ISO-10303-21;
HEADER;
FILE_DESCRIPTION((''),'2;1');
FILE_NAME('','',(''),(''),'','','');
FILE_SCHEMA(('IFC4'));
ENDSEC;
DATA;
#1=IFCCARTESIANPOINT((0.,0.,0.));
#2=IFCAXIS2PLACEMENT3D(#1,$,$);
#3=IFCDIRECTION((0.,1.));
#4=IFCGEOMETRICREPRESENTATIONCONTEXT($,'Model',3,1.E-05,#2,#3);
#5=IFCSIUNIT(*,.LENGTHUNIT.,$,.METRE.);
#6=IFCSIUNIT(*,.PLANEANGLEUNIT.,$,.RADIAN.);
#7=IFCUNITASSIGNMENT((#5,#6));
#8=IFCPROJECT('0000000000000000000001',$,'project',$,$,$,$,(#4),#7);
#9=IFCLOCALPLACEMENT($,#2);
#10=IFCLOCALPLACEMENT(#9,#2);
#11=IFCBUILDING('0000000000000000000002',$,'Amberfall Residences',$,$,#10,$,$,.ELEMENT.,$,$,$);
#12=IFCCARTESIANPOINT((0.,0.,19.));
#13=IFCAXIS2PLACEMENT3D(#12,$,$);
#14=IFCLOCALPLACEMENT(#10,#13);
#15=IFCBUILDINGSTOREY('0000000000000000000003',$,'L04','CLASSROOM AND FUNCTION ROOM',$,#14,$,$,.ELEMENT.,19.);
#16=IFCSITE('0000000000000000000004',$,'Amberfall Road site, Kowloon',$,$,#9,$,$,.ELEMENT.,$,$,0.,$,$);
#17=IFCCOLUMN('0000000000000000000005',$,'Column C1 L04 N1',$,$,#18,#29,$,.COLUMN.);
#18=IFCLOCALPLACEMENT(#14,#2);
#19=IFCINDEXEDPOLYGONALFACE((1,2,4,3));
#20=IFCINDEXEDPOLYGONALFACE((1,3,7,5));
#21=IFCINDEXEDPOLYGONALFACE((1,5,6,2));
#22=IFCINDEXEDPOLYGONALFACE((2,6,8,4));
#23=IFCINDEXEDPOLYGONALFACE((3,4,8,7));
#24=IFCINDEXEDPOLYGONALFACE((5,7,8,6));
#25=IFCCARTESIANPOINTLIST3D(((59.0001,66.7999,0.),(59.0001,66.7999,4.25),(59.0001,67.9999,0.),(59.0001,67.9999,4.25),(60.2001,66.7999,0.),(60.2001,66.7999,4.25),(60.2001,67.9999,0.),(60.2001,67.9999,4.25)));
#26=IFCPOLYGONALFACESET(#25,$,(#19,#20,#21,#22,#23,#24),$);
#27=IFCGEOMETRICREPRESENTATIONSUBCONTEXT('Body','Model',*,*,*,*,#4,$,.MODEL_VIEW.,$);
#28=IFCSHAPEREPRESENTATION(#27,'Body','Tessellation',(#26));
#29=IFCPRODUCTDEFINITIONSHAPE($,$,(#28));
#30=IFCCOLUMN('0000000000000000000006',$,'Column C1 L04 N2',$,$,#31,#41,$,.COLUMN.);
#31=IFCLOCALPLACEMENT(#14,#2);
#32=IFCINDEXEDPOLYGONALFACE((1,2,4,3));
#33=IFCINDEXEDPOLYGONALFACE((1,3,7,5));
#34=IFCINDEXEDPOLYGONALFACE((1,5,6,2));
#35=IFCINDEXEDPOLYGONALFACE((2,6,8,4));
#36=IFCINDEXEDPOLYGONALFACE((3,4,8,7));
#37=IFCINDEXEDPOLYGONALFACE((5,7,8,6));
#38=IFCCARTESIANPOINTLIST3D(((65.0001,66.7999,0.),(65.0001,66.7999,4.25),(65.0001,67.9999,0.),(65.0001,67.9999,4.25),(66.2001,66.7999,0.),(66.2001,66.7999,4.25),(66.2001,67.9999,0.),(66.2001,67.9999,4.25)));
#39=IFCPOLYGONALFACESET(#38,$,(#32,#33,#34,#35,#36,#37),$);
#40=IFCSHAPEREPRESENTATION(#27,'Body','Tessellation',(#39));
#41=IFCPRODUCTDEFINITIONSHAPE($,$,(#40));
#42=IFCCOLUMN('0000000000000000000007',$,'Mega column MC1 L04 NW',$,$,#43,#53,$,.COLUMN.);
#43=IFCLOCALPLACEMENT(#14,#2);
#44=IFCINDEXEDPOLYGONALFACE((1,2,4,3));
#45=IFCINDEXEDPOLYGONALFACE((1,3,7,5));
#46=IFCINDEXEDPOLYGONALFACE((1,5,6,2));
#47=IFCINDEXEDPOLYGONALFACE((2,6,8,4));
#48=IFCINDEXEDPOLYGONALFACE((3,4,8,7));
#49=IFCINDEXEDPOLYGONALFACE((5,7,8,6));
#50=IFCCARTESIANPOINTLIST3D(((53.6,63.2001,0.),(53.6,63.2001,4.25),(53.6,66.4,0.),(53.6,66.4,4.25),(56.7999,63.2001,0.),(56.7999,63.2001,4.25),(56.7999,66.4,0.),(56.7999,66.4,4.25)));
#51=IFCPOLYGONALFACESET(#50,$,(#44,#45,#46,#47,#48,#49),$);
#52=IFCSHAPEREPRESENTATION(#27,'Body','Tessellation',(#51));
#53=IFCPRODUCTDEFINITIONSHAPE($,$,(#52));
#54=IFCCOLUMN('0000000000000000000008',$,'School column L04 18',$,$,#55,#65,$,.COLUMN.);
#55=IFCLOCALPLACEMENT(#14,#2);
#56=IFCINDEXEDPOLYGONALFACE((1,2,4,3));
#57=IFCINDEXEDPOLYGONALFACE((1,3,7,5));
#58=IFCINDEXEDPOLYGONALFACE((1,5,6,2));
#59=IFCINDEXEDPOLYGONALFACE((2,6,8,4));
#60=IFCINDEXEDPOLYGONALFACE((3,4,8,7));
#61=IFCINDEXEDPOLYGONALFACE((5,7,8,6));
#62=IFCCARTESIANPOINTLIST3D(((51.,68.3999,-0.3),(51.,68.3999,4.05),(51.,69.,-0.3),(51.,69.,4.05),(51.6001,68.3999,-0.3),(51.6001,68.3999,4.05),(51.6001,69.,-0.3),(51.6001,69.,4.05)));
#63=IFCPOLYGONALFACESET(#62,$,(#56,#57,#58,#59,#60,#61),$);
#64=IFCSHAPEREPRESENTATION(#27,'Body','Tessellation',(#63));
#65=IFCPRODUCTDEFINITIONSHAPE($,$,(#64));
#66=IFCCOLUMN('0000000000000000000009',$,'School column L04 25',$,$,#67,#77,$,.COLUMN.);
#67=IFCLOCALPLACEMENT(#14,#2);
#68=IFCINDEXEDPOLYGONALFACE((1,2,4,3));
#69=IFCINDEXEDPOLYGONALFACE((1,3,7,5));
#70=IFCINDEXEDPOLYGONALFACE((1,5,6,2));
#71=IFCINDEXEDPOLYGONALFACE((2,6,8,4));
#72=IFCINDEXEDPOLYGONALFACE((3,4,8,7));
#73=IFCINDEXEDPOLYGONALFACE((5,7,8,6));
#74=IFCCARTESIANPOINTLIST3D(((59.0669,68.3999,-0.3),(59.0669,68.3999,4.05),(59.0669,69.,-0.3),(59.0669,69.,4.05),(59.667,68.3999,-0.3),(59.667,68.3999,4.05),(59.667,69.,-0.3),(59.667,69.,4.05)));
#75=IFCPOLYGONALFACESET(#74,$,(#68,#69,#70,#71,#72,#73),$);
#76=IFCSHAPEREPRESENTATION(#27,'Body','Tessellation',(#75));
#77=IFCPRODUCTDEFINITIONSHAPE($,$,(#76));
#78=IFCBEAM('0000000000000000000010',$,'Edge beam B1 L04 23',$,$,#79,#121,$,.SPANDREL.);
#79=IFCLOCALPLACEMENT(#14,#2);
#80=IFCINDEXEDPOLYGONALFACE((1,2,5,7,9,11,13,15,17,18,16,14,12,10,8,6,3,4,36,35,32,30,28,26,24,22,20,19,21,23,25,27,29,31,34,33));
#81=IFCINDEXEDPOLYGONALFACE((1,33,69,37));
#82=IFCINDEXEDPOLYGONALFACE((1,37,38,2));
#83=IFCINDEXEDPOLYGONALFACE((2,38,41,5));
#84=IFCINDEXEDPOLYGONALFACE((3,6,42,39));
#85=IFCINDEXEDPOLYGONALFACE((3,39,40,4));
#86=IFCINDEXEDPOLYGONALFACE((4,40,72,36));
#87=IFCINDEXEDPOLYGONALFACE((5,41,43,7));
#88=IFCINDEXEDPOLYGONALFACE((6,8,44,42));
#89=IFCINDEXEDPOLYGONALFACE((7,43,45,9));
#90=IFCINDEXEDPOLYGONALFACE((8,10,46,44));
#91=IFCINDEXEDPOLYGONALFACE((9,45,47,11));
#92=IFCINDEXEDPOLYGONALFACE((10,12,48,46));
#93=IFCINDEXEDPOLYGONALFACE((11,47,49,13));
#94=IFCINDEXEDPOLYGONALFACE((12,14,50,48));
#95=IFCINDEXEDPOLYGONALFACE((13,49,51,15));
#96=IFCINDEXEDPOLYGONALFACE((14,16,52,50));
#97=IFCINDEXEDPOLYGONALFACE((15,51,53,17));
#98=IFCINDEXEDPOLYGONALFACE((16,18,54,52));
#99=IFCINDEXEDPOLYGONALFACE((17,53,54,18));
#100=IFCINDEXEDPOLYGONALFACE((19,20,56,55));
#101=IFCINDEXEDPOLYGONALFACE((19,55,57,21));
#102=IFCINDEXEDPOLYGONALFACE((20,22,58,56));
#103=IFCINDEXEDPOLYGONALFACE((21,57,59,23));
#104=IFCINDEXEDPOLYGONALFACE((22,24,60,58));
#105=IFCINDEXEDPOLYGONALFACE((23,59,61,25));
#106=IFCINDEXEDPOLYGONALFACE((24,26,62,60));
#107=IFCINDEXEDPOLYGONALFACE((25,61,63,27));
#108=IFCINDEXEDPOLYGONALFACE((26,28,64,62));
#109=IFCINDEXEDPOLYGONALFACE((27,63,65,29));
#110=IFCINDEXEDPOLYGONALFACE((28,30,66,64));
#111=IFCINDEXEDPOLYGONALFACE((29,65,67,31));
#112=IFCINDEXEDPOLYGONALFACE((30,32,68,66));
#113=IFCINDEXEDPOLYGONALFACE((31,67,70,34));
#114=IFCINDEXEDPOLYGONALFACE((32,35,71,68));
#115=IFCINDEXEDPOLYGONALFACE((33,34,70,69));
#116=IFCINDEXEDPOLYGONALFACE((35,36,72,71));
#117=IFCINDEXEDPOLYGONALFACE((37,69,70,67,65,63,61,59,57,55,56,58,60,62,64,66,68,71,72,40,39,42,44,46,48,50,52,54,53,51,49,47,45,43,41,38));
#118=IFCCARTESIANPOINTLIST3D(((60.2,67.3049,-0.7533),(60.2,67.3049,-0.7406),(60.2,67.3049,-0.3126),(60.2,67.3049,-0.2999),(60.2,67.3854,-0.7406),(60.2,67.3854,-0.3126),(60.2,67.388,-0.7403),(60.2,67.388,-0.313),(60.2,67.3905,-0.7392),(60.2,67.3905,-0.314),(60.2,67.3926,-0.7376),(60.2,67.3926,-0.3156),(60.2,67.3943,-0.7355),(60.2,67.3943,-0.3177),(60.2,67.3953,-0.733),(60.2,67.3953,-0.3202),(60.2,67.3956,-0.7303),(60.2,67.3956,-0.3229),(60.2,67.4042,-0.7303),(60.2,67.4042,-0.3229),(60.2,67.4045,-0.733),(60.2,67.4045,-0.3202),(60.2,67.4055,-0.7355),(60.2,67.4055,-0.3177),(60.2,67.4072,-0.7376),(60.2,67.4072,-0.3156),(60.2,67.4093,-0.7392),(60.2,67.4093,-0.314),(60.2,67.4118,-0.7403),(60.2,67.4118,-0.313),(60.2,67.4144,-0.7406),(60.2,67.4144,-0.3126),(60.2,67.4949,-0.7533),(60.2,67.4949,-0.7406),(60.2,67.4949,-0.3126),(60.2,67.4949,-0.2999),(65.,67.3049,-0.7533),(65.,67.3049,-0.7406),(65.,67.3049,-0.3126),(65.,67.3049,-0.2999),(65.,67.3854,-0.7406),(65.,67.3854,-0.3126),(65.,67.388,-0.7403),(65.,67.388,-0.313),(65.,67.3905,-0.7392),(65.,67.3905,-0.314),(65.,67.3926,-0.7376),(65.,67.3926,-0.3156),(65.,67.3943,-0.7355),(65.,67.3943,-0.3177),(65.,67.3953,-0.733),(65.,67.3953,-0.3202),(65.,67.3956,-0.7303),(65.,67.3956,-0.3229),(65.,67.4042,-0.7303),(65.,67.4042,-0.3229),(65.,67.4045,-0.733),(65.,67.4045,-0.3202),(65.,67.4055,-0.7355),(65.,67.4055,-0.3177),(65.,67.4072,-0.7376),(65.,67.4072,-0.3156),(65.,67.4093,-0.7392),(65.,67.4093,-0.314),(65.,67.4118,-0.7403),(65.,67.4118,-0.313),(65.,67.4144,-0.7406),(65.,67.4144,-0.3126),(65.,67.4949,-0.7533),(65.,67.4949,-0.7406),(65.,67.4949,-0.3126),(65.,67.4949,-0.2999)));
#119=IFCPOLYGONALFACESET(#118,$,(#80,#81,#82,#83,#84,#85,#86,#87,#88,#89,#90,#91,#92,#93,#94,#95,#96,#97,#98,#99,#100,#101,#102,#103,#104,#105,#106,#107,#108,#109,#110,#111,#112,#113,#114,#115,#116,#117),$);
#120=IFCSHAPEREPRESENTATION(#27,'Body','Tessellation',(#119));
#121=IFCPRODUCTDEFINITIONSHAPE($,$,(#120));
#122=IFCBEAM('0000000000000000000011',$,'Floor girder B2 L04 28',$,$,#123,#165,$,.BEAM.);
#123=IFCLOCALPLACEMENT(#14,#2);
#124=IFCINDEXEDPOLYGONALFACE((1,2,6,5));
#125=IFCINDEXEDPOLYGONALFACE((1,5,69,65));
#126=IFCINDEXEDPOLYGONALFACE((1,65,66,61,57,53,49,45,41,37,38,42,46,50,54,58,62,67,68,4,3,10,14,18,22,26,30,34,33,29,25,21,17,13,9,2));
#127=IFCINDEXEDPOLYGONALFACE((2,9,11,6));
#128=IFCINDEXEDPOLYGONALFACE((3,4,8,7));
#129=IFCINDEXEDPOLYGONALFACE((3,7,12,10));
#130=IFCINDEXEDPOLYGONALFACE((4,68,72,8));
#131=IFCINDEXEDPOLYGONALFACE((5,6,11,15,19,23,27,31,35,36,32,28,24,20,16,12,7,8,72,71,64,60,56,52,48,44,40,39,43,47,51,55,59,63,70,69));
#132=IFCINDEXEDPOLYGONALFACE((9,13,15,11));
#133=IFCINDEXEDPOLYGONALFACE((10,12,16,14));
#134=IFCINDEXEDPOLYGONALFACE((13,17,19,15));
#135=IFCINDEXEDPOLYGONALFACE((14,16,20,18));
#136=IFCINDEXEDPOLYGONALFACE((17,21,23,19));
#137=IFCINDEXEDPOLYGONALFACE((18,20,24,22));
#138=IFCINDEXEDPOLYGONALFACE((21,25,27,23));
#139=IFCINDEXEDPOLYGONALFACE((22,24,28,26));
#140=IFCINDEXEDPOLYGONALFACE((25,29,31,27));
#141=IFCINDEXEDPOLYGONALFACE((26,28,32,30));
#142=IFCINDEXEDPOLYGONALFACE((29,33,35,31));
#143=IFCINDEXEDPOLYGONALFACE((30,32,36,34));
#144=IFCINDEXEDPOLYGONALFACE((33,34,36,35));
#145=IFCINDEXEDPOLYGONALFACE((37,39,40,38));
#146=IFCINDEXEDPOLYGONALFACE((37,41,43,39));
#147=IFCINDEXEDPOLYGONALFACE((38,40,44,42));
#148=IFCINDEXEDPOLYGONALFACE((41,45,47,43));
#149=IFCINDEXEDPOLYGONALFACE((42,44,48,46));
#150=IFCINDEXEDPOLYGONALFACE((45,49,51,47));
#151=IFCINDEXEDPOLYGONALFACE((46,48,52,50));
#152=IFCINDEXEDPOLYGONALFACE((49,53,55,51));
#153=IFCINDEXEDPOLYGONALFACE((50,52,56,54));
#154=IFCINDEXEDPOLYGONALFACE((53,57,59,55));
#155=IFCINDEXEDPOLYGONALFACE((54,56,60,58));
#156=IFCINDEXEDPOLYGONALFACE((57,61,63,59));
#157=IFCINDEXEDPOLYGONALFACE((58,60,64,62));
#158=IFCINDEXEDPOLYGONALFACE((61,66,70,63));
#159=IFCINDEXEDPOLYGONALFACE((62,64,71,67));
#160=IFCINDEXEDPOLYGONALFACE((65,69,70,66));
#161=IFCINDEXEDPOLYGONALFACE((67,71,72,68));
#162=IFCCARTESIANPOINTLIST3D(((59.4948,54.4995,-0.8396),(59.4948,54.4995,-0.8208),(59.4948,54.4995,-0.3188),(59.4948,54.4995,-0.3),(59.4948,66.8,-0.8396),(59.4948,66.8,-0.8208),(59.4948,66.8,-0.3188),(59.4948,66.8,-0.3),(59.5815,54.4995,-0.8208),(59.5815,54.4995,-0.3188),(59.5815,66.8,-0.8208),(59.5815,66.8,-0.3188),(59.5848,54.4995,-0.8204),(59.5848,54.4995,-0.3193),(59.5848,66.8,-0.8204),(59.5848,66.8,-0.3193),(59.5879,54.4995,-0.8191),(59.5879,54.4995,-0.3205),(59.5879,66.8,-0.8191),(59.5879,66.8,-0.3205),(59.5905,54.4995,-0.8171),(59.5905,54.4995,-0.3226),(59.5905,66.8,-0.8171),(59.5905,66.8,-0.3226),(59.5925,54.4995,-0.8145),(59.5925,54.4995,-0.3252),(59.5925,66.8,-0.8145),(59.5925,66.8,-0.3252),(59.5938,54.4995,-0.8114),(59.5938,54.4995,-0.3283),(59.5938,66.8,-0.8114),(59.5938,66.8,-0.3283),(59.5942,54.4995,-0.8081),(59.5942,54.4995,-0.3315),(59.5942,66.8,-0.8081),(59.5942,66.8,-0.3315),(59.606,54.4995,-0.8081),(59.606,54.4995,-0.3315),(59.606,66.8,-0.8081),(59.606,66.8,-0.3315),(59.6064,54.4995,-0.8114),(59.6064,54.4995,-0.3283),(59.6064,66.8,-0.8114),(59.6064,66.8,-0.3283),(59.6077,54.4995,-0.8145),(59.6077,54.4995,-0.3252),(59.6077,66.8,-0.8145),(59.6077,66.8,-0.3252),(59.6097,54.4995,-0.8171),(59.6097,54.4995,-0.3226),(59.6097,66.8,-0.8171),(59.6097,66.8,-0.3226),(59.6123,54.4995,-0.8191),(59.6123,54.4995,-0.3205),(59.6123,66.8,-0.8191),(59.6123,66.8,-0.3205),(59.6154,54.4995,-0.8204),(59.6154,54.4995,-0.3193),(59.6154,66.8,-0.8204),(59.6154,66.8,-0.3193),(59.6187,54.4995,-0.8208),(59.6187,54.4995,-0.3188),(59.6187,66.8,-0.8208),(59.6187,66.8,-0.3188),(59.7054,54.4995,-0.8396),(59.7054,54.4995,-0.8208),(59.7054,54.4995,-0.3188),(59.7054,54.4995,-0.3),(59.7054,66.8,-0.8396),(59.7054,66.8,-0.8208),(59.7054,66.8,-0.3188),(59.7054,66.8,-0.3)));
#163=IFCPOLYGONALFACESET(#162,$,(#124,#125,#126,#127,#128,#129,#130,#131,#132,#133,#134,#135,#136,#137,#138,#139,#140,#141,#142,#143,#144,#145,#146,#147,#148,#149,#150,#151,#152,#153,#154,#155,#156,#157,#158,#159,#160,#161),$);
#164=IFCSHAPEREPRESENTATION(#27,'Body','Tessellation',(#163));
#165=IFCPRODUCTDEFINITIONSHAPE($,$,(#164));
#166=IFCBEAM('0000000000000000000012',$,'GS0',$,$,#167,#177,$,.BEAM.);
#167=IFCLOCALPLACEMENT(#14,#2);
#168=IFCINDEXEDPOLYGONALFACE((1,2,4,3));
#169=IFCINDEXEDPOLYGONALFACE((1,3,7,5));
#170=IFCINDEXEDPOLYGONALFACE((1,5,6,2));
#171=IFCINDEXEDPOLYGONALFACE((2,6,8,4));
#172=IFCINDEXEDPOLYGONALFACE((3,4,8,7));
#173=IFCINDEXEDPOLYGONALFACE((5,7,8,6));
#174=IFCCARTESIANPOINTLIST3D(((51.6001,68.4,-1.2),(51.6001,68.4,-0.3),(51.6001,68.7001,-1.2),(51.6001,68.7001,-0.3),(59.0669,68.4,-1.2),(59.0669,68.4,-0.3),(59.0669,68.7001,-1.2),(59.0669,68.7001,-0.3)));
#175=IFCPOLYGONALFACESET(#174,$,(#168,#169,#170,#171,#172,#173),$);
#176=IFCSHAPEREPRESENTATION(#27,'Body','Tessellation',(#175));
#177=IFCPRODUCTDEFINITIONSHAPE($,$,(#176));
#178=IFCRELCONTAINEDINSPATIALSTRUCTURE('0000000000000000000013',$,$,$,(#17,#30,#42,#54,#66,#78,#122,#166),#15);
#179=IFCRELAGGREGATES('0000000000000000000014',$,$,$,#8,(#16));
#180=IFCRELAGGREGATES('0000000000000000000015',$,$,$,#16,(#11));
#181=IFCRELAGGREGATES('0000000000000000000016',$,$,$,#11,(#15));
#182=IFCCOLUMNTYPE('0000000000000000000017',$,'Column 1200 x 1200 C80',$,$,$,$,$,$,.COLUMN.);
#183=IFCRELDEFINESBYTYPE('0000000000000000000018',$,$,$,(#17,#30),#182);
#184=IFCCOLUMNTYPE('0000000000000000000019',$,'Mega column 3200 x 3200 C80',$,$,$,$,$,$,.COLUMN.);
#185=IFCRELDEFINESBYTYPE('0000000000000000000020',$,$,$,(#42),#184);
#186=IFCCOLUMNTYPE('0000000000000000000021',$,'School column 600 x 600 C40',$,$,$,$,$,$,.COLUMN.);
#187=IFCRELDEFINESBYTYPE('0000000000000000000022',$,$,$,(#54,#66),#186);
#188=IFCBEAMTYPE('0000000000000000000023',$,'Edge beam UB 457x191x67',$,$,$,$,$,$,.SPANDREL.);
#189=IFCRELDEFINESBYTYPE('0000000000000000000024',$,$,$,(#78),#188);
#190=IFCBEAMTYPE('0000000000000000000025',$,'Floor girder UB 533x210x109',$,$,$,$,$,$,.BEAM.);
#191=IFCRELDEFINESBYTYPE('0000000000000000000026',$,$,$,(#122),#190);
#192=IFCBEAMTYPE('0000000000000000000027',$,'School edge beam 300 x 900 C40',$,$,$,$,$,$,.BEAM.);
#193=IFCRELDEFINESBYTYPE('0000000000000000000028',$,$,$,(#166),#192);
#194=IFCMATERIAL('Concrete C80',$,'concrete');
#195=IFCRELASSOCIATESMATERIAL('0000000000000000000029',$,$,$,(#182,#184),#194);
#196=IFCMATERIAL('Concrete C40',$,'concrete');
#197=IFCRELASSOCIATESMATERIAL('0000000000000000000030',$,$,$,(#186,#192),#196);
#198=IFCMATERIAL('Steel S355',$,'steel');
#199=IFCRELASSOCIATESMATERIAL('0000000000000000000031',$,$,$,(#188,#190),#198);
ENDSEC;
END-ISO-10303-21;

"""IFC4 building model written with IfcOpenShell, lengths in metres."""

from ifc_helpers import new_model, si_unit, direction, frame, origin, origin_2d, place, context, subcontext, project, spatial, rectangle, i_section, extrude, material, material_profile, profile_set, type_object, element, save


model = new_model("IFC4")

# Units and contexts
model_context = context("Model", 3, precision=1e-05, world=origin(), true_north=direction((0.0, 1.0)))
body_context = subcontext(model_context, "Body", "Model", "MODEL_VIEW")
ifc_project = project(units=[si_unit("LENGTHUNIT", "METRE"), si_unit("PLANEANGLEUNIT", "RADIAN")], contexts=[model_context])

# Site, building, storey
site_placement = place(None, origin())
site = spatial("IfcSite", under=ifc_project, at=site_placement, Name="Amberfall Road site, Kowloon", CompositionType="ELEMENT", RefElevation=0.0)
building_placement = place(site_placement, origin())
building = spatial("IfcBuilding", under=site, at=building_placement, Name="Amberfall Residences", CompositionType="ELEMENT")
storey_placement = place(building_placement, frame((0.0, 0.0, 19.0)))
storey = spatial("IfcBuildingStorey", under=building, at=storey_placement, Name="L04", Description="CLASSROOM AND FUNCTION ROOM", CompositionType="ELEMENT", Elevation=19.0)

# Columns
ifc_material_1 = material(Name="Concrete C80", Category="concrete")
ifc_material_profile_1 = material_profile(ifc_material_1, rectangle(XDim=1.2, YDim=1.2, at=origin_2d()), Name="Column 1200 x 1200 C80")
ifc_profile_set_1 = profile_set([ifc_material_profile_1], Name="Concrete C80")
column_type_1 = type_object("IfcColumnType", Name="Column 1200 x 1200 C80", PredefinedType="COLUMN", material=ifc_profile_set_1)
for number, where, z_axis, x_axis, name in (
    (1, (59.6001, 67.3999, 0.0), (0.0, 0.0, 1.0), (1.0, 0.0, 0.0), "Column C1 L04 N1"),
    (2, (65.6001, 67.3999, 0.0), (0.0, 0.0, 1.0), (1.0, 0.0, 0.0), "Column C1 L04 N2"),
):
    element("IfcColumn", number, at=place(storey_placement, frame(where, z_axis=z_axis, x_axis=x_axis)), inside=storey, type_object=column_type_1, Name=name, PredefinedType="COLUMN", context=body_context, shape_type="SweptSolid", body=[
        extrude(rectangle(XDim=1.2, YDim=1.2, at=origin_2d()), origin(), (0.0, 0.0, 1.0), 4.25),
    ])
ifc_material_profile_2 = material_profile(ifc_material_1, rectangle(XDim=3.2, YDim=3.2, at=origin_2d()), Name="Mega column 3200 x 3200 C80")
ifc_profile_set_2 = profile_set([ifc_material_profile_2], Name="Concrete C80")
column_type_2 = type_object("IfcColumnType", Name="Mega column 3200 x 3200 C80", PredefinedType="COLUMN", material=ifc_profile_set_2)
column_placement = place(storey_placement, frame((55.2, 64.8, 0.0), z_axis=(0.0, 0.0, 1.0), x_axis=(1.0, 0.0, 0.0)))
element("IfcColumn", 3, at=column_placement, inside=storey, type_object=column_type_2, Name="Mega column MC1 L04 NW", PredefinedType="COLUMN", context=body_context, shape_type="SweptSolid", body=[
    extrude(rectangle(XDim=3.2, YDim=3.2, at=origin_2d()), origin(), (0.0, 0.0, 1.0), 4.25),
])
ifc_material_2 = material(Name="Concrete C40", Category="concrete")
ifc_material_profile_3 = material_profile(ifc_material_2, rectangle(XDim=0.6001, YDim=0.6001, at=origin_2d()), Name="School column 600 x 600 C40")
ifc_profile_set_3 = profile_set([ifc_material_profile_3], Name="Concrete C40")
column_type_3 = type_object("IfcColumnType", Name="School column 600 x 600 C40", PredefinedType="COLUMN", material=ifc_profile_set_3)
for number, where, z_axis, x_axis, name in (
    (4, (51.3, 68.7, -0.3), (0.0, 0.0, 1.0), (1.0, 0.0, 0.0), "School column L04 18"),
    (5, (59.3669, 68.7, -0.3), (0.0, 0.0, 1.0), (1.0, 0.0, 0.0), "School column L04 25"),
):
    element("IfcColumn", number, at=place(storey_placement, frame(where, z_axis=z_axis, x_axis=x_axis)), inside=storey, type_object=column_type_3, Name=name, PredefinedType="COLUMN", context=body_context, shape_type="SweptSolid", body=[
        extrude(rectangle(XDim=0.6001, YDim=0.6001, at=origin_2d()), origin(), (0.0, 0.0, 1.0), 4.3501),
    ])

# Beams
ifc_material_3 = material(Name="Steel S355", Category="steel")
ifc_material_profile_4 = material_profile(ifc_material_3, i_section(OverallWidth=0.1899, OverallDepth=0.4534, WebThickness=0.0085, FlangeThickness=0.0127, FilletRadius=0.0103, at=origin_2d()), Name="UB 457x191x67")
ifc_profile_set_4 = profile_set([ifc_material_profile_4], Name="Steel S355")
beam_type_1 = type_object("IfcBeamType", Name="Edge beam UB 457x191x67", PredefinedType="SPANDREL", material=ifc_profile_set_4)
beam_1_placement = place(storey_placement, frame((60.2, 67.3999, -0.5266), z_axis=(1.0, 0.0, 0.0), x_axis=(0.0, 1.0, 0.0)))
element("IfcBeam", 6, at=beam_1_placement, inside=storey, type_object=beam_type_1, Name="Edge beam B1 L04 23", PredefinedType="SPANDREL", context=body_context, shape_type="SweptSolid", body=[
    extrude(i_section(OverallWidth=0.1899, OverallDepth=0.4534, WebThickness=0.0085, FlangeThickness=0.0127, FilletRadius=0.0103, at=origin_2d()), origin(), (0.0, 0.0, 1.0), 4.8),
])
ifc_material_profile_5 = material_profile(ifc_material_3, i_section(OverallWidth=0.2107, OverallDepth=0.5396, WebThickness=0.0117, FlangeThickness=0.0188, FilletRadius=0.0127, at=origin_2d()), Name="UB 533x210x109")
ifc_profile_set_5 = profile_set([ifc_material_profile_5], Name="Steel S355")
beam_type_2 = type_object("IfcBeamType", Name="Floor girder UB 533x210x109", PredefinedType="BEAM", material=ifc_profile_set_5)
beam_2_placement = place(storey_placement, frame((59.6001, 66.8, -0.5698), z_axis=(0.0, -1.0, 0.0), x_axis=(1.0, 0.0, 0.0)))
element("IfcBeam", 7, at=beam_2_placement, inside=storey, type_object=beam_type_2, Name="Floor girder B2 L04 28", PredefinedType="BEAM", context=body_context, shape_type="SweptSolid", body=[
    extrude(i_section(OverallWidth=0.2107, OverallDepth=0.5396, WebThickness=0.0117, FlangeThickness=0.0188, FilletRadius=0.0127, at=origin_2d()), origin(), (0.0, 0.0, 1.0), 12.3005),
])
ifc_material_profile_6 = material_profile(ifc_material_2, rectangle(XDim=0.3, YDim=0.8999, at=origin_2d()), Name="School edge beam 300 x 900 C40")
ifc_profile_set_6 = profile_set([ifc_material_profile_6], Name="Concrete C40")
beam_type_3 = type_object("IfcBeamType", Name="School edge beam 300 x 900 C40", PredefinedType="BEAM", material=ifc_profile_set_6)
beam_3_placement = place(storey_placement, frame((51.6001, 68.55, -0.75), z_axis=(1.0, 0.0, 0.0), x_axis=(0.0, 1.0, 0.0)))
element("IfcBeam", 8, at=beam_3_placement, inside=storey, type_object=beam_type_3, Name="GS0", PredefinedType="BEAM", context=body_context, shape_type="SweptSolid", body=[
    extrude(rectangle(XDim=0.3, YDim=0.8999, at=origin_2d()), origin(), (0.0, 0.0, 1.0), 7.4668),
])

save(model, "model.ifc")
